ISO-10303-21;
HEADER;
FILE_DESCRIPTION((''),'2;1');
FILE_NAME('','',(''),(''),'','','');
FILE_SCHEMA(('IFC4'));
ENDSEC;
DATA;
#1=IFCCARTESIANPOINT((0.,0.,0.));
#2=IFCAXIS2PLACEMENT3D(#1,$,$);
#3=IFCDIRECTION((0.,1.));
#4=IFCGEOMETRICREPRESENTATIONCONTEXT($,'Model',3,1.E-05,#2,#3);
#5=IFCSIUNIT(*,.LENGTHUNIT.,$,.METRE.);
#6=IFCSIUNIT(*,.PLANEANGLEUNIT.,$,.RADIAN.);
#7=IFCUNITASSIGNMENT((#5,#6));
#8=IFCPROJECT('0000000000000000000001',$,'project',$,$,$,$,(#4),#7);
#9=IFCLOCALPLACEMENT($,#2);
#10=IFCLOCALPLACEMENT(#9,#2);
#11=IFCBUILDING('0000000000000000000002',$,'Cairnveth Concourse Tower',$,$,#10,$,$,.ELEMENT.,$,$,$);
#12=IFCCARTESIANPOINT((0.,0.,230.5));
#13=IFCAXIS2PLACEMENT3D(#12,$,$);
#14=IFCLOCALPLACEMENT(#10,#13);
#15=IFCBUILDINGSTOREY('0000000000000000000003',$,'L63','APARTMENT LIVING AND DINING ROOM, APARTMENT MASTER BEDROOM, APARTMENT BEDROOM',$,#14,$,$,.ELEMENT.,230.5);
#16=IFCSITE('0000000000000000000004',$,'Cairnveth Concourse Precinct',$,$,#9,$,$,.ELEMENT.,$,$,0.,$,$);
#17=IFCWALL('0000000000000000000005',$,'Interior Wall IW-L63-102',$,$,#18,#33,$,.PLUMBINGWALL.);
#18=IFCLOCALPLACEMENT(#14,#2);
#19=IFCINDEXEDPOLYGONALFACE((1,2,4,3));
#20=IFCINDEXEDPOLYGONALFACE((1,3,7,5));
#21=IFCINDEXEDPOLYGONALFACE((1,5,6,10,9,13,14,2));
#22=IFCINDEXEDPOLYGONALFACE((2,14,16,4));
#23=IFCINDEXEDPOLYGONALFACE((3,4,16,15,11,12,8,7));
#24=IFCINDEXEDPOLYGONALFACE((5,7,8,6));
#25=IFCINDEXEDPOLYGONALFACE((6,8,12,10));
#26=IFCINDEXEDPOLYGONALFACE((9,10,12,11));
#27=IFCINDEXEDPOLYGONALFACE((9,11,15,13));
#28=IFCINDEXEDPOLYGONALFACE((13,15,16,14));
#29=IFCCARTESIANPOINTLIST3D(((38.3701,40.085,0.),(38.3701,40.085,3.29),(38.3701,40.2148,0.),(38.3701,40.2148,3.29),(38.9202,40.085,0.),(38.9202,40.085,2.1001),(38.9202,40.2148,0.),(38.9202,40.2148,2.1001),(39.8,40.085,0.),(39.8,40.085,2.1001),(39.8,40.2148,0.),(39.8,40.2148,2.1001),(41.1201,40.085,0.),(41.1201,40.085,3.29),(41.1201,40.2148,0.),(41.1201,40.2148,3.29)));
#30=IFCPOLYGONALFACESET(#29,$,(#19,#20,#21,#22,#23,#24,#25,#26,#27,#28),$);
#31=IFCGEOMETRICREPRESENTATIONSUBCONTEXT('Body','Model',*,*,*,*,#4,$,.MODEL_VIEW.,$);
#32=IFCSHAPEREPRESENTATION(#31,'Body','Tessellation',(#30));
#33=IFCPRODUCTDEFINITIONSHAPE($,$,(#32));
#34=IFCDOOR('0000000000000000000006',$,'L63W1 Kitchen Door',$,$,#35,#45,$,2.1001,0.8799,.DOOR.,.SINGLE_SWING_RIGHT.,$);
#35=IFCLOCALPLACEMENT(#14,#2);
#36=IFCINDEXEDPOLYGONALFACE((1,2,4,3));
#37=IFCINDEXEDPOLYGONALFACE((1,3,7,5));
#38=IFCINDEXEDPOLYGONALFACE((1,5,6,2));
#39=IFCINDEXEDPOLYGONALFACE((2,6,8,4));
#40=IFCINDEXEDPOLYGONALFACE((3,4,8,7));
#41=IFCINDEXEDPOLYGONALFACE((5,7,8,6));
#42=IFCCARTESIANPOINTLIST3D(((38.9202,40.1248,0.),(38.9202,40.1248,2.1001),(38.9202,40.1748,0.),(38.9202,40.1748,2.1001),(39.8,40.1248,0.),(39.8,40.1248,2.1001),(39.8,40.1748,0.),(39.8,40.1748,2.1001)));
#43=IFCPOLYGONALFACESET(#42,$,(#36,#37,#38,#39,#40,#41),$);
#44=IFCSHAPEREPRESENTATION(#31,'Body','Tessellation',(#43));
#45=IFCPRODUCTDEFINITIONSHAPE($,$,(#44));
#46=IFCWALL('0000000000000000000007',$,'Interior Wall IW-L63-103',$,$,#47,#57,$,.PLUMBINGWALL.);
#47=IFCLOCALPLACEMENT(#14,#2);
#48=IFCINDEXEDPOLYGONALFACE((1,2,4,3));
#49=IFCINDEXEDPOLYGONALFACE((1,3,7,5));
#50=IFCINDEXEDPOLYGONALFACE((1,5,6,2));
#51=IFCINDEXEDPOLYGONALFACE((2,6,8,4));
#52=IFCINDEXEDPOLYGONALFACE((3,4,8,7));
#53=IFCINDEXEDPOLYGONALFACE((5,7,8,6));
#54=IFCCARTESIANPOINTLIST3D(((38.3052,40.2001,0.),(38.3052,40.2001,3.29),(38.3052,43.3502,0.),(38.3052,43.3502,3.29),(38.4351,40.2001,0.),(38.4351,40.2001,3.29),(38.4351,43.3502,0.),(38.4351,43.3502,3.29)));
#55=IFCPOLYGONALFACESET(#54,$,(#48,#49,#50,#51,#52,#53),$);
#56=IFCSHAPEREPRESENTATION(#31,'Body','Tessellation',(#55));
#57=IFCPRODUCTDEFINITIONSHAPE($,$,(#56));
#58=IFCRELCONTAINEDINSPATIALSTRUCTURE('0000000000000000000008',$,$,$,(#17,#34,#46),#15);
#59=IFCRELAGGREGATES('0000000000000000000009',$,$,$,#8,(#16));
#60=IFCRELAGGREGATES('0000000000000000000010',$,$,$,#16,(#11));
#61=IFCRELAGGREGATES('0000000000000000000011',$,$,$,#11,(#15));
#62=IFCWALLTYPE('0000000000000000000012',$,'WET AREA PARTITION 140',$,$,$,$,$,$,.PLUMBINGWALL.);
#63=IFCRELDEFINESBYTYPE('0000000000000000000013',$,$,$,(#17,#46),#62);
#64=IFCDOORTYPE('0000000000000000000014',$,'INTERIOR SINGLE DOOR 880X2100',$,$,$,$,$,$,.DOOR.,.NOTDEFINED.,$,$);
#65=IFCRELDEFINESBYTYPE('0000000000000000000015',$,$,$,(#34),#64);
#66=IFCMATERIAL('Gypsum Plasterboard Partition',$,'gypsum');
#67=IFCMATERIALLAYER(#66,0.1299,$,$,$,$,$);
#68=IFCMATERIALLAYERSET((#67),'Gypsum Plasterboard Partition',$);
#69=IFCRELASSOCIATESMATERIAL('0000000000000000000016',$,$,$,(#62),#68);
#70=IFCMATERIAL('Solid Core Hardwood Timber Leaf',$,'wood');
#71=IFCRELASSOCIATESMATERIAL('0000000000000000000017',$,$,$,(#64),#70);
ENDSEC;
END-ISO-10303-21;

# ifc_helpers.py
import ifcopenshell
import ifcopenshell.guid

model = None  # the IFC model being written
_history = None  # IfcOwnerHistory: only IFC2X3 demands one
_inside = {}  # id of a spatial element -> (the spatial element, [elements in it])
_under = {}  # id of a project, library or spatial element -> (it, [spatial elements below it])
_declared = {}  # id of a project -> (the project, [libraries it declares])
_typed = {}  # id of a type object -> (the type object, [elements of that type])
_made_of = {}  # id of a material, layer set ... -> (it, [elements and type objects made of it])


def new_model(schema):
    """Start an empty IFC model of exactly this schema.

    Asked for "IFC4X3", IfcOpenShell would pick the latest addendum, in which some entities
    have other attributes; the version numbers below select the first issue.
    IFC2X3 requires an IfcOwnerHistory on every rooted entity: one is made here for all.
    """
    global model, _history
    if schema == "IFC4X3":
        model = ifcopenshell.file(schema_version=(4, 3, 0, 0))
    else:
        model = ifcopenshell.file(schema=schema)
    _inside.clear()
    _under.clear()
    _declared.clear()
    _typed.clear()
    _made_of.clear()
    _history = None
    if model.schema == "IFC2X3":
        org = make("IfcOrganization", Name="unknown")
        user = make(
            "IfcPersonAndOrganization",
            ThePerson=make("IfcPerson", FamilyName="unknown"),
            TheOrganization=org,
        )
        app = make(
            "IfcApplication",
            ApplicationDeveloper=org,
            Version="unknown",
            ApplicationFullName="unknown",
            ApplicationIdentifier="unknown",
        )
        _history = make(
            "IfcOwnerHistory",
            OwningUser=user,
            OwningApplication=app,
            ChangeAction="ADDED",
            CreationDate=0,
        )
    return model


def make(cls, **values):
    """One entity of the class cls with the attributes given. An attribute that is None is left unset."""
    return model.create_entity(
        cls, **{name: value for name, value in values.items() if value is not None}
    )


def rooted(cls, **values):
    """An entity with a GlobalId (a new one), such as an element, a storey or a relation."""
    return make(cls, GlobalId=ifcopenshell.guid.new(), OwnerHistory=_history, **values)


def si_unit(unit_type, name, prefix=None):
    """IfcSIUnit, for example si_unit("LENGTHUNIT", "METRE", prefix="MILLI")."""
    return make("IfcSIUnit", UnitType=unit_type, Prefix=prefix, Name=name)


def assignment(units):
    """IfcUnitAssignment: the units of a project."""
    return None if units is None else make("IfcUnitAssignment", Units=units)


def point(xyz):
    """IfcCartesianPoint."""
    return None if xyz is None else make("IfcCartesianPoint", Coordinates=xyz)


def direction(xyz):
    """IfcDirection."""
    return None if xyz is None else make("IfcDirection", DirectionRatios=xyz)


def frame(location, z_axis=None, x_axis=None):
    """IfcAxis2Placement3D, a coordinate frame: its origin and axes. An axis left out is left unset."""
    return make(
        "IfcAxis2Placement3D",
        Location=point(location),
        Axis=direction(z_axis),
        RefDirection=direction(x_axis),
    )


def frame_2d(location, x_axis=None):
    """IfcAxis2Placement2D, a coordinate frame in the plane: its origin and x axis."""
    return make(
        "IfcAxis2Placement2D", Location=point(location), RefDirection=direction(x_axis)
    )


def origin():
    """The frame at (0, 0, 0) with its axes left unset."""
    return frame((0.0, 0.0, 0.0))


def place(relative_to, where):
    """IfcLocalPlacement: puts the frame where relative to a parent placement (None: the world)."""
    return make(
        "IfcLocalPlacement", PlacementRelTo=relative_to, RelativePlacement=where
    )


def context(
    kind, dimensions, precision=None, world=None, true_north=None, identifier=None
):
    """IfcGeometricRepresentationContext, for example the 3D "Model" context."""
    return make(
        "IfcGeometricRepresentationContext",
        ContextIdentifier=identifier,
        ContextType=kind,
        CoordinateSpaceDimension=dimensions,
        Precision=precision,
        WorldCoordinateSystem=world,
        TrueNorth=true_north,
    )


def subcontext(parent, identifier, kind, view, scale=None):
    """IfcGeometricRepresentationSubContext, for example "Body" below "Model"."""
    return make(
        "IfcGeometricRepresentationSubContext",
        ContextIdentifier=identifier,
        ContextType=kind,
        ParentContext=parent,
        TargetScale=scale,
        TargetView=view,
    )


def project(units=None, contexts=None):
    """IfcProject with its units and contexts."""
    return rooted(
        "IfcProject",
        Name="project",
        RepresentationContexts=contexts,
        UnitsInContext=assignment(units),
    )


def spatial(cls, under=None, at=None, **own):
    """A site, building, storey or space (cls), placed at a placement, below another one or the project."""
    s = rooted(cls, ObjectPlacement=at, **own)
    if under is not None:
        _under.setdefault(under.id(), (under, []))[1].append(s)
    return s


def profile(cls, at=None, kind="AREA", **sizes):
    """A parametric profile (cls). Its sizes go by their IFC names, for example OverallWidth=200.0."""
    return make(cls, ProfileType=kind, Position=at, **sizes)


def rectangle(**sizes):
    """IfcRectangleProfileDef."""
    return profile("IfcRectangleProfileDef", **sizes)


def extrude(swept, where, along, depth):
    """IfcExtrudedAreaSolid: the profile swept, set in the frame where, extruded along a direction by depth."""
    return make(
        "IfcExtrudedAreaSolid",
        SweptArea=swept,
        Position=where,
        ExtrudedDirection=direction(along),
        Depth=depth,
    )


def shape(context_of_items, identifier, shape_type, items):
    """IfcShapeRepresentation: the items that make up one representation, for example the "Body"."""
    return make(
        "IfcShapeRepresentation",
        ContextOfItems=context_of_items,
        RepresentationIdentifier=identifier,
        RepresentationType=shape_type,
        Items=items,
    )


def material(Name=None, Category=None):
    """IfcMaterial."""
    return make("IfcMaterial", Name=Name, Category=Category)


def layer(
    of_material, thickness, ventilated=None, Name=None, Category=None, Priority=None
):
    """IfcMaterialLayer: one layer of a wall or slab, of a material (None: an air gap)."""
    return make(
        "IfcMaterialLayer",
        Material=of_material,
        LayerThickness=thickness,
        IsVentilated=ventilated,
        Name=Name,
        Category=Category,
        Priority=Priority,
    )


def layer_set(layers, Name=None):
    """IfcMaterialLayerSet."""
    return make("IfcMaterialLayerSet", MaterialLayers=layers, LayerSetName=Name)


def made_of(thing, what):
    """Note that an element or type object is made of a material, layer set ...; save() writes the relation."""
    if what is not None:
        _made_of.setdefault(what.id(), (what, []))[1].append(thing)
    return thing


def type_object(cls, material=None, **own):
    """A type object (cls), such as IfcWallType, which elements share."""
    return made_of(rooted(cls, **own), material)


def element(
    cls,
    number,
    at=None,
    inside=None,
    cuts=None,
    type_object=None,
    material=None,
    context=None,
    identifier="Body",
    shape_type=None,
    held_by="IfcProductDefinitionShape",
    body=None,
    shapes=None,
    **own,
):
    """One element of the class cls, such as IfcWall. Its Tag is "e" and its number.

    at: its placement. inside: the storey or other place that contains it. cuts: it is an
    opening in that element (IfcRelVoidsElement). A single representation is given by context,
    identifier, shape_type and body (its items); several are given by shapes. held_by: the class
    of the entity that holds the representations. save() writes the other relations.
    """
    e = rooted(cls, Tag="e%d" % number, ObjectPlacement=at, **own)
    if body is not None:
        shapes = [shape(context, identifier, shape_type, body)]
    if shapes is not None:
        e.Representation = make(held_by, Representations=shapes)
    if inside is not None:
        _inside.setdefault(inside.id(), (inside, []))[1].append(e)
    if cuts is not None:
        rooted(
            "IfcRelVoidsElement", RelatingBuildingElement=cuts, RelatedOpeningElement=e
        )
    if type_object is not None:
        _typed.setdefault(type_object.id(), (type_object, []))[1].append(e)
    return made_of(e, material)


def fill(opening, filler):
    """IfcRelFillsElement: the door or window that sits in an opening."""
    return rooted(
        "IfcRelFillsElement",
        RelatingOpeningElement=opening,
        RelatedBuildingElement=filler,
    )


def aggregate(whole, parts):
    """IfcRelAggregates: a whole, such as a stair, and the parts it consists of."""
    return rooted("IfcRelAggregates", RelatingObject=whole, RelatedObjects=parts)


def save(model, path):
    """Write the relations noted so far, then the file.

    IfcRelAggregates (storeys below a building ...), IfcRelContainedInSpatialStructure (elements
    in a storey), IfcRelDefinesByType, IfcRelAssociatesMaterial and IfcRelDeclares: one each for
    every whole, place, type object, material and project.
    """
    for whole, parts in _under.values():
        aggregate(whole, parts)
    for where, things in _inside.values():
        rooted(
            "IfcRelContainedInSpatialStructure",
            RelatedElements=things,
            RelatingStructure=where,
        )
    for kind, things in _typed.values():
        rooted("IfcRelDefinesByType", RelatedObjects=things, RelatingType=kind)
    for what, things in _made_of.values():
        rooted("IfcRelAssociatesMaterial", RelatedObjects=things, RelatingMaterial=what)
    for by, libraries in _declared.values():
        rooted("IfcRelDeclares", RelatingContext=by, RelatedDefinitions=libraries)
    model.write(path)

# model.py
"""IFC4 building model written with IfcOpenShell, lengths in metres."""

from ifc_helpers import new_model, si_unit, direction, frame, frame_2d, origin, place, context, subcontext, project, spatial, rectangle, extrude, material, layer, layer_set, type_object, element, fill, save


model = new_model("IFC4")

# Units and contexts
model_context = context("Model", 3, precision=1e-05, world=origin(), true_north=direction((0.0, 1.0)))
body_context = subcontext(model_context, "Body", "Model", "MODEL_VIEW")
ifc_project = project(units=[si_unit("LENGTHUNIT", "METRE"), si_unit("PLANEANGLEUNIT", "RADIAN")], contexts=[model_context])

# Site, building, storey
site_placement = place(None, origin())
site = spatial("IfcSite", under=ifc_project, at=site_placement, Name="Cairnveth Concourse Precinct", CompositionType="ELEMENT", RefElevation=0.0)
building_placement = place(site_placement, origin())
building = spatial("IfcBuilding", under=site, at=building_placement, Name="Cairnveth Concourse Tower", CompositionType="ELEMENT")
storey_placement = place(building_placement, frame((0.0, 0.0, 230.5)))
storey = spatial("IfcBuildingStorey", under=building, at=storey_placement, Name="L63", Description="APARTMENT LIVING AND DINING ROOM, APARTMENT MASTER BEDROOM, APARTMENT BEDROOM", CompositionType="ELEMENT", Elevation=230.5)

# Shared definitions
ifc_material_1 = material(Name="Gypsum Plasterboard Partition", Category="gypsum")

# Shared definitions
ifc_material_2 = material(Name="Solid Core Hardwood Timber Leaf", Category="wood")

# Shared definitions
ifc_layer_1 = layer(ifc_material_1, 0.1299)
ifc_layer_set_1 = layer_set([ifc_layer_1], Name="Gypsum Plasterboard Partition")
wall_type_1 = type_object("IfcWallType", Name="WET AREA PARTITION 140", PredefinedType="PLUMBINGWALL", material=ifc_layer_set_1)

# Wall, opening, door
wall_1_placement = place(storey_placement, frame((38.3701, 40.1499, 0.0), z_axis=(0.0, 0.0, 1.0), x_axis=(1.0, 0.0, 0.0)))
wall_1 = element("IfcWall", 1, at=wall_1_placement, inside=storey, type_object=wall_type_1, Name="Interior Wall IW-L63-102", PredefinedType="PLUMBINGWALL", context=body_context, shape_type="SweptSolid", body=[
    extrude(rectangle(XDim=2.75, YDim=0.1299, at=frame_2d((1.375, 0.0))), origin(), (0.0, 0.0, 1.0), 3.29),
])
opening_1_placement = place(wall_1_placement, frame((0.55, 0.0, 0.0)))
opening_1 = element("IfcOpeningElement", 2, at=opening_1_placement, cuts=wall_1, PredefinedType="OPENING", context=body_context, shape_type="SweptSolid", body=[
    extrude(rectangle(XDim=0.8799, YDim=2.1001, at=frame_2d((0.4399, 1.05))), frame((0.0, 0.075, 0.0), z_axis=(0.0, -1.0, 0.0), x_axis=(1.0, 0.0, 0.0)), (0.0, 0.0, 1.0), 0.1499),
])
door_type_1 = type_object("IfcDoorType", Name="INTERIOR SINGLE DOOR 880X2100", OperationType="NOTDEFINED", PredefinedType="DOOR", material=ifc_material_2)
door_1_placement = place(opening_1_placement, origin())
door_1 = element("IfcDoor", 3, at=door_1_placement, inside=storey, type_object=door_type_1, Name="L63W1 Kitchen Door", OperationType="SINGLE_SWING_RIGHT", OverallHeight=2.1001, OverallWidth=0.8799, PredefinedType="DOOR", context=body_context, shape_type="SweptSolid", body=[
    extrude(rectangle(XDim=0.8799, YDim=2.1001, at=frame_2d((0.4399, 1.05))), frame((0.0, 0.0249, 0.0), z_axis=(0.0, -1.0, 0.0), x_axis=(1.0, 0.0, 0.0)), (0.0, 0.0, 1.0), 0.05),
])
fill(opening_1, door_1)

# Wall
wall_2_placement = place(storey_placement, frame((38.3701, 40.2, 0.0), z_axis=(0.0, 0.0, 1.0), x_axis=(0.0, 1.0, 0.0)))
element("IfcWall", 4, at=wall_2_placement, inside=storey, type_object=wall_type_1, Name="Interior Wall IW-L63-103", PredefinedType="PLUMBINGWALL", context=body_context, shape_type="SweptSolid", body=[
    extrude(rectangle(XDim=3.1501, YDim=0.1299, at=frame_2d((1.5752, 0.0))), origin(), (0.0, 0.0, 1.0), 3.29),
])

save(model, "model.ifc")
